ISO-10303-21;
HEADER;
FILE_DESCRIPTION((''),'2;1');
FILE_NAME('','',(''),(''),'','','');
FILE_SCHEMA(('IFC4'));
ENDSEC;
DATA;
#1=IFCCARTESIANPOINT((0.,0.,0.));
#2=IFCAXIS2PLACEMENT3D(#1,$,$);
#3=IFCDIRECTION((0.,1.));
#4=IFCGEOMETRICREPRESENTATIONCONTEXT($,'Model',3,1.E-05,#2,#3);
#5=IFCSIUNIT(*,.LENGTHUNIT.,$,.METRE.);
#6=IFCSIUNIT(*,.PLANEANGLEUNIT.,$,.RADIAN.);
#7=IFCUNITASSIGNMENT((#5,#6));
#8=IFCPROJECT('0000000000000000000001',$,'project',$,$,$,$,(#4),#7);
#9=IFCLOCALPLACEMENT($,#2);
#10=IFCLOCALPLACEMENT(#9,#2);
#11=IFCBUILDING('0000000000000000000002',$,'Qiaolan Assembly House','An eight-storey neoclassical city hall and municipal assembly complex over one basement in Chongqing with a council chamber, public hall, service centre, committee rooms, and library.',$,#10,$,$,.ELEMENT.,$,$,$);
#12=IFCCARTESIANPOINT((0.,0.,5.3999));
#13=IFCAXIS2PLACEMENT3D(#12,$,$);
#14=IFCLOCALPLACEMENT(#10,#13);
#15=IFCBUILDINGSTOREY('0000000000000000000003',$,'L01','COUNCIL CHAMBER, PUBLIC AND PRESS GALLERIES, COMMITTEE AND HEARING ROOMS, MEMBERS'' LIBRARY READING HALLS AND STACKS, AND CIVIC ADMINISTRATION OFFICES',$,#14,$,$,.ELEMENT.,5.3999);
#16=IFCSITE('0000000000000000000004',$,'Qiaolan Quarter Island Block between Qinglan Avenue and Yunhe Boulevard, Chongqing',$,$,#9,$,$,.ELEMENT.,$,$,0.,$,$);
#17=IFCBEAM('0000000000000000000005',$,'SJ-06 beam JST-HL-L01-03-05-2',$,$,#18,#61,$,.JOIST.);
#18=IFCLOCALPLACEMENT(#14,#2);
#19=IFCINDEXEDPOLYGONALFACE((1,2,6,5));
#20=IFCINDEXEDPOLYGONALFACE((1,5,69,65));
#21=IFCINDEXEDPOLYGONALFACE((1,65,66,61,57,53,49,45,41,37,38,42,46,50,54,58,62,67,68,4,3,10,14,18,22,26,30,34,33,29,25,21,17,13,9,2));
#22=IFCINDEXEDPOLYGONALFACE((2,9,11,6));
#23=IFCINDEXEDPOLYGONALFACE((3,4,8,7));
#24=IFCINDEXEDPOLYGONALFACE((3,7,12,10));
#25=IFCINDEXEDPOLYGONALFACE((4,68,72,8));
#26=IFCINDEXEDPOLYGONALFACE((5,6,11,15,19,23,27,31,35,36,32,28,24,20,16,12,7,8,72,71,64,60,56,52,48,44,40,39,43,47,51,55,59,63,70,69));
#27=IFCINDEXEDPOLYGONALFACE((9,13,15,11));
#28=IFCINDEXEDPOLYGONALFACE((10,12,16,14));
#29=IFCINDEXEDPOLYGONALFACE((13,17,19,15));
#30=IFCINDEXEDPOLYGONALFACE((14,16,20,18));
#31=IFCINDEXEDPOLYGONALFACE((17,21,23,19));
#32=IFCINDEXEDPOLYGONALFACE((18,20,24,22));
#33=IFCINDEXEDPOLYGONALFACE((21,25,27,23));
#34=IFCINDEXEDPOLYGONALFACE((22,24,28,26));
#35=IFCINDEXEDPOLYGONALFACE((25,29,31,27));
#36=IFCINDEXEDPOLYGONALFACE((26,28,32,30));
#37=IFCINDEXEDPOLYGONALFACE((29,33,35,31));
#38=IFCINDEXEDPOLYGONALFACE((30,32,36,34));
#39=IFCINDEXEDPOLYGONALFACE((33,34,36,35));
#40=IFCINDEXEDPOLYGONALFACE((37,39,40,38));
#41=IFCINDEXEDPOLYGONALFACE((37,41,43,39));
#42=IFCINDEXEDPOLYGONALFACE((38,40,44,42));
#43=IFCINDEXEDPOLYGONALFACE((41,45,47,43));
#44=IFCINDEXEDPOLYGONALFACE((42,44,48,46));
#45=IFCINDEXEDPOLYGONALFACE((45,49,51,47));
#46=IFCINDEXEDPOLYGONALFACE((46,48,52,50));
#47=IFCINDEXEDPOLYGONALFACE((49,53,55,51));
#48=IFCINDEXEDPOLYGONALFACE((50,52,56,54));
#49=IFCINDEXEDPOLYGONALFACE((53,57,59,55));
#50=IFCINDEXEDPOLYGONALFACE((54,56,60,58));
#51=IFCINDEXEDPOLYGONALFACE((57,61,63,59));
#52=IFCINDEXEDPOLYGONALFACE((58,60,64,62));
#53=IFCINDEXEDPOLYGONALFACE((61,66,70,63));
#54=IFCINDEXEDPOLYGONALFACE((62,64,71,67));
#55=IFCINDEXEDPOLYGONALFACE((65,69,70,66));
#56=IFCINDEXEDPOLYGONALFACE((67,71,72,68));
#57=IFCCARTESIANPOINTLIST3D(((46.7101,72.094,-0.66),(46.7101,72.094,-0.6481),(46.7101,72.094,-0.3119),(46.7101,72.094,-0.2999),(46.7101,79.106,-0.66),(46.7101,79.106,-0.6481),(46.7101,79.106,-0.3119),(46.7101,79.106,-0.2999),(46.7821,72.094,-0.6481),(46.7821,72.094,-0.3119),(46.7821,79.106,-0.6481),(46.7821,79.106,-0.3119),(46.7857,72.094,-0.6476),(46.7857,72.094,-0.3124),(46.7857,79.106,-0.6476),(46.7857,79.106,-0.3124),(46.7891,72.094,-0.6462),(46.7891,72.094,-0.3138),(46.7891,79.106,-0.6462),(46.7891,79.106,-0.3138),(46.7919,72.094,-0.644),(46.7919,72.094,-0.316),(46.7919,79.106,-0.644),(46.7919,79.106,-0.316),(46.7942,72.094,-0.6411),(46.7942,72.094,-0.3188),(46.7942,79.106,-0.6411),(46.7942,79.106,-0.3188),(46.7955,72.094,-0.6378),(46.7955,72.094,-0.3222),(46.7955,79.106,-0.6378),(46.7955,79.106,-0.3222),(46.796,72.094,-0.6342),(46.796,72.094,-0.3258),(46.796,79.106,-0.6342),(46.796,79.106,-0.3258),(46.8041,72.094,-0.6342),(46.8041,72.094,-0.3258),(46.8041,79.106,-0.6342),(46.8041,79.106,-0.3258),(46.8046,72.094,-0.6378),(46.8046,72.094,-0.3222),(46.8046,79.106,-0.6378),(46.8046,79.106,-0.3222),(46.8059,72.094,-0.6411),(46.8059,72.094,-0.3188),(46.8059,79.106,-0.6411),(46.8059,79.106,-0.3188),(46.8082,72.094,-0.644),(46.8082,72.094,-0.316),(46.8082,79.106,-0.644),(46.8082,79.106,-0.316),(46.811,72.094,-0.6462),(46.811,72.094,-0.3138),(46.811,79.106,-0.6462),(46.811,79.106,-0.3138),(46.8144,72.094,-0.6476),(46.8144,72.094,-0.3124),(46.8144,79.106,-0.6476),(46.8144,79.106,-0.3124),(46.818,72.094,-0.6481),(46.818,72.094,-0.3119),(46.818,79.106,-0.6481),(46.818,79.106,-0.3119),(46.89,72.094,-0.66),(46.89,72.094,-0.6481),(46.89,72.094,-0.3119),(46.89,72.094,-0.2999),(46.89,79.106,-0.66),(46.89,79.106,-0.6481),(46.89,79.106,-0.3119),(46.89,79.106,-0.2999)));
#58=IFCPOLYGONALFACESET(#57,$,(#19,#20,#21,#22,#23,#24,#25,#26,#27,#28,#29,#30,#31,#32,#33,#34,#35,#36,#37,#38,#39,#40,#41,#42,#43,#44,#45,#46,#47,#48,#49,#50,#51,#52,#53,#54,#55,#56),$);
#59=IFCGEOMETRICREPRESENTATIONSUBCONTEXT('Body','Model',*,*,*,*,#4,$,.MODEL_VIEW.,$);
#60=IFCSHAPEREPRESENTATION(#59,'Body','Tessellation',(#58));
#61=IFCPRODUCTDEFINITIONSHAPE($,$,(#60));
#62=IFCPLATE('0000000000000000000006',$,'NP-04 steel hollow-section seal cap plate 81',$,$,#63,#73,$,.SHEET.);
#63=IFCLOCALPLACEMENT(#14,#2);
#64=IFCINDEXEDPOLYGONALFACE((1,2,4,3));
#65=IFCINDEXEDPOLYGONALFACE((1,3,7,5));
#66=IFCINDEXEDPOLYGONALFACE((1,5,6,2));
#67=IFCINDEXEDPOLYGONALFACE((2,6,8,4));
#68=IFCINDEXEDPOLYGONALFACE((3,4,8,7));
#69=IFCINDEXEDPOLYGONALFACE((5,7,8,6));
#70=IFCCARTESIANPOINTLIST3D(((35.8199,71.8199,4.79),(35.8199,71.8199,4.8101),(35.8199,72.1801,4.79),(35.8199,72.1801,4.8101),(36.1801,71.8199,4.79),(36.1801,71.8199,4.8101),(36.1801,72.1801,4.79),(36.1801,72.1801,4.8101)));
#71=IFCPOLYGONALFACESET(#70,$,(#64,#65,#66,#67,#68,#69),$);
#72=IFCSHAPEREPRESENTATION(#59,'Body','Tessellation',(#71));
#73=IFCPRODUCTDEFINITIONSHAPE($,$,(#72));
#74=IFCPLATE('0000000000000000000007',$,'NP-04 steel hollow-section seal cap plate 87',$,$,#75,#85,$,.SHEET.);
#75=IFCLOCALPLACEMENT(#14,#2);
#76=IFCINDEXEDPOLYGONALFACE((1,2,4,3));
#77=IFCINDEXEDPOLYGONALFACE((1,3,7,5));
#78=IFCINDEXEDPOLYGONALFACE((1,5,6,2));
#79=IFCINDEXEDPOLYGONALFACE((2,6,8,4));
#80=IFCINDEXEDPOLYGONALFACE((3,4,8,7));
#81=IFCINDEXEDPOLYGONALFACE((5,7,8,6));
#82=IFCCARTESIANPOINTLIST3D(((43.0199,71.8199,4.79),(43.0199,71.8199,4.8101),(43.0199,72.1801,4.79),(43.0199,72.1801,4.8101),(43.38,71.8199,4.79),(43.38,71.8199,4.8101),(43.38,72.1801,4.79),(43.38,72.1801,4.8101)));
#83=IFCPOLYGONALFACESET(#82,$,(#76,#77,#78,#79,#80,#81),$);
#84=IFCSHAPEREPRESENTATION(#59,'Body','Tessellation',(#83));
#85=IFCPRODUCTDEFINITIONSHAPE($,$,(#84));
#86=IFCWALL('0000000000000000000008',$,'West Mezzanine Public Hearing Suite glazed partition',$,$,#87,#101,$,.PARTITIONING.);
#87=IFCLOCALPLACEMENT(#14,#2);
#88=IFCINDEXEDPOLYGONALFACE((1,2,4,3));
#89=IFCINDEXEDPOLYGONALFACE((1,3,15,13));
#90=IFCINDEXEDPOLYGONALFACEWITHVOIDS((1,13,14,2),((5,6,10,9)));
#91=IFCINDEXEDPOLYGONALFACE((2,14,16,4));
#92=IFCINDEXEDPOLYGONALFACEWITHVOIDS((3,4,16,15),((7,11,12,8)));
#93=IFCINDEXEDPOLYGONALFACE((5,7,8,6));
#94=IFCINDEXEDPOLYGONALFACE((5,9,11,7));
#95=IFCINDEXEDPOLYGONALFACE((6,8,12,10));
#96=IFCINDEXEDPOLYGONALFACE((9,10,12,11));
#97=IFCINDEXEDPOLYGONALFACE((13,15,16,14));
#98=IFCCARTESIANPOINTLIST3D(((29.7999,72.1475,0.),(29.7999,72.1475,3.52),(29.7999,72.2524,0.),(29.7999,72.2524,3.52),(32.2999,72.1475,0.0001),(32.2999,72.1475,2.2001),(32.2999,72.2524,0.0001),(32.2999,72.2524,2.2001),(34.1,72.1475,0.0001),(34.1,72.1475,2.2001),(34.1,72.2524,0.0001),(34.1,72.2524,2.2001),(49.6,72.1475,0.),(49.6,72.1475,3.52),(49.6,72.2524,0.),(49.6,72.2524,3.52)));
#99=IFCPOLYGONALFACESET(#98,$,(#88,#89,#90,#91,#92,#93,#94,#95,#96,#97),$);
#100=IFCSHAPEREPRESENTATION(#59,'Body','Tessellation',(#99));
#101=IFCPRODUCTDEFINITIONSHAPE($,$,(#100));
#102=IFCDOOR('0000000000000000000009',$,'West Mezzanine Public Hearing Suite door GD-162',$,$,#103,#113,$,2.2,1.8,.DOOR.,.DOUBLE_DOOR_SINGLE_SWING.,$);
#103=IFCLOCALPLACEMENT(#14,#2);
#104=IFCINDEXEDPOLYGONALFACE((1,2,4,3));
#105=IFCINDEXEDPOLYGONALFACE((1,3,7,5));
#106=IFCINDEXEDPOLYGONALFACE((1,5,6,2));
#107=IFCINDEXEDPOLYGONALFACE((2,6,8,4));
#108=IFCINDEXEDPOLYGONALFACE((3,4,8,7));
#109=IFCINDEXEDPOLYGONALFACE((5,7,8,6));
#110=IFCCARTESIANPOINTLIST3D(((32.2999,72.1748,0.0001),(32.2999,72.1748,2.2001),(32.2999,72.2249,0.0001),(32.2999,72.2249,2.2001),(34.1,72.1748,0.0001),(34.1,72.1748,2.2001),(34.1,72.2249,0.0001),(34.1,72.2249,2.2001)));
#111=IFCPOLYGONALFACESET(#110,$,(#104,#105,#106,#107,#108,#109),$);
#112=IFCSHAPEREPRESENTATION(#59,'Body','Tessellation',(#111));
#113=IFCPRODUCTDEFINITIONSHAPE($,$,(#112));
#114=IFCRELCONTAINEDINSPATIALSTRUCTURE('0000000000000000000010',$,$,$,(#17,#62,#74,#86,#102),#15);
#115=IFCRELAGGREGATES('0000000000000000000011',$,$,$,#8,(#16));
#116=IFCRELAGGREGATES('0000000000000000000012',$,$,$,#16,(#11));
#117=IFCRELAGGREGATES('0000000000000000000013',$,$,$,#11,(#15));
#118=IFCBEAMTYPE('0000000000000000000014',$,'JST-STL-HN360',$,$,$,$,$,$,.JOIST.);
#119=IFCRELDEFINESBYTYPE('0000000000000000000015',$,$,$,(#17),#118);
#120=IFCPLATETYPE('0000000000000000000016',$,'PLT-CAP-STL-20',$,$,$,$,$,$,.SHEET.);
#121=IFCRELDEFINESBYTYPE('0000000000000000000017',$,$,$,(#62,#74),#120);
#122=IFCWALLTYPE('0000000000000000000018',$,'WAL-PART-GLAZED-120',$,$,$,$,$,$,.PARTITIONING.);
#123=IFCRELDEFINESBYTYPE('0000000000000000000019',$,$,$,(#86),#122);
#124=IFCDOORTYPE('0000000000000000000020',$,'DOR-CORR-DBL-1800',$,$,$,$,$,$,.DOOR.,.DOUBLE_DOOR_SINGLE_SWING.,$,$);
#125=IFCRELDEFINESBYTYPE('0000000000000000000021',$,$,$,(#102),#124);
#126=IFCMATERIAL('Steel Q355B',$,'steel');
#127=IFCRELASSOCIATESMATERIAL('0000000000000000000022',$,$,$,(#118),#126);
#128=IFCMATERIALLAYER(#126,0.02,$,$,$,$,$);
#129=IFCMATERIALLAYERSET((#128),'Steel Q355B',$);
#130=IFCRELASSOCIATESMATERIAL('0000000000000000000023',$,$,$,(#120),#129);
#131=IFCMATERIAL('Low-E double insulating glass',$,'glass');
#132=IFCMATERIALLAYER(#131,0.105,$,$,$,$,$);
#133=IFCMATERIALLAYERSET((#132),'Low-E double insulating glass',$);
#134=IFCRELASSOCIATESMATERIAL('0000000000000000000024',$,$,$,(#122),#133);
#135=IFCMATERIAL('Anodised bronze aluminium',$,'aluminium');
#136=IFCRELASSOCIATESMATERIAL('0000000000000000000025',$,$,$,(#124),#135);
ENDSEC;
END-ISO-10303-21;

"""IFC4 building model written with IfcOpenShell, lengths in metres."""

from ifc_helpers import new_model, si_unit, direction, frame, frame_2d, origin, origin_2d, place, context, subcontext, project, spatial, rectangle, i_section, extrude, material, layer, layer_set, material_profile, profile_set, type_object, element, fill, save


model = new_model("IFC4")

# Units and contexts
model_context = context("Model", 3, precision=1e-05, world=origin(), true_north=direction((0.0, 1.0)))
body_context = subcontext(model_context, "Body", "Model", "MODEL_VIEW")
ifc_project = project(units=[si_unit("LENGTHUNIT", "METRE"), si_unit("PLANEANGLEUNIT", "RADIAN")], contexts=[model_context])

# Site, building, storey
site_placement = place(None, origin())
site = spatial("IfcSite", under=ifc_project, at=site_placement, Name="Qiaolan Quarter Island Block between Qinglan Avenue and Yunhe Boulevard, Chongqing", CompositionType="ELEMENT", RefElevation=0.0)
building_placement = place(site_placement, origin())
building = spatial("IfcBuilding", under=site, at=building_placement, Name="Qiaolan Assembly House", Description="An eight-storey neoclassical city hall and municipal assembly complex over one basement in Chongqing with a council chamber, public hall, service centre, committee rooms, and library.", CompositionType="ELEMENT")
storey_placement = place(building_placement, frame((0.0, 0.0, 5.3999)))
storey = spatial("IfcBuildingStorey", under=building, at=storey_placement, Name="L01", Description="COUNCIL CHAMBER, PUBLIC AND PRESS GALLERIES, COMMITTEE AND HEARING ROOMS, MEMBERS' LIBRARY READING HALLS AND STACKS, AND CIVIC ADMINISTRATION OFFICES", CompositionType="ELEMENT", Elevation=5.3999)

# Shared definitions
ifc_material_1 = material(Name="Steel Q355B", Category="steel")

# Shared definitions
ifc_material_2 = material(Name="Anodised bronze aluminium", Category="aluminium")

# Beam
ifc_material_profile_1 = material_profile(ifc_material_1, i_section(OverallWidth=0.1799, OverallDepth=0.3601, WebThickness=0.0081, FlangeThickness=0.012, FilletRadius=0.0139, at=origin_2d()), Name="HN 360x180x8x12")
ifc_profile_set_1 = profile_set([ifc_material_profile_1], Name="Steel Q355B")
beam_type_1 = type_object("IfcBeamType", Name="JST-STL-HN360", PredefinedType="JOIST", material=ifc_profile_set_1)
for number, where, z_axis, x_axis, name in (
    (1, (46.8, 72.094, -0.48), (0.0, 1.0, 0.0), (-1.0, 0.0, 0.0), "SJ-06 beam JST-HL-L01-03-05-2"),
):
    element("IfcBeam", number, at=place(storey_placement, frame(where, z_axis=z_axis, x_axis=x_axis)), inside=storey, type_object=beam_type_1, Name=name, PredefinedType="JOIST", context=body_context, shape_type="SweptSolid", body=[
        extrude(i_section(OverallWidth=0.1799, OverallDepth=0.3601, WebThickness=0.0081, FlangeThickness=0.012, FilletRadius=0.0139, at=origin_2d()), origin(), (0.0, 0.0, 1.0), 7.012),
    ])

# Plates
ifc_layer_1 = layer(ifc_material_1, 0.02)
ifc_layer_set_1 = layer_set([ifc_layer_1], Name="Steel Q355B")
plate_type = type_object("IfcPlateType", Name="PLT-CAP-STL-20", PredefinedType="SHEET", material=ifc_layer_set_1)
for number, where, z_axis, x_axis, name in (
    (2, (36.0, 72.0, 4.79), (0.0, 0.0, 1.0), (1.0, 0.0, 0.0), "NP-04 steel hollow-section seal cap plate 81"),
    (3, (43.2, 72.0, 4.79), (0.0, 0.0, 1.0), (1.0, 0.0, 0.0), "NP-04 steel hollow-section seal cap plate 87"),
):
    element("IfcPlate", number, at=place(storey_placement, frame(where, z_axis=z_axis, x_axis=x_axis)), inside=storey, type_object=plate_type, Name=name, PredefinedType="SHEET", context=body_context, shape_type="SweptSolid", body=[
        extrude(rectangle(XDim=0.3601, YDim=0.3601, at=origin_2d()), origin(), (0.0, 0.0, 1.0), 0.02),
    ])

# Wall, opening, door
ifc_material_3 = material(Name="Low-E double insulating glass", Category="glass")
ifc_layer_2 = layer(ifc_material_3, 0.105)
ifc_layer_set_2 = layer_set([ifc_layer_2], Name="Low-E double insulating glass")
wall_type = type_object("IfcWallType", Name="WAL-PART-GLAZED-120", PredefinedType="PARTITIONING", material=ifc_layer_set_2)
wall_placement = place(storey_placement, frame((29.8, 72.2, 0.0), z_axis=(0.0, 0.0, 1.0), x_axis=(1.0, 0.0, 0.0)))
wall = element("IfcWall", 4, at=wall_placement, inside=storey, type_object=wall_type, Name="West Mezzanine Public Hearing Suite glazed partition", PredefinedType="PARTITIONING", context=body_context, shape_type="SweptSolid", body=[
    extrude(rectangle(XDim=19.8, YDim=0.105, at=frame_2d((9.8999, 0.0))), origin(), (0.0, 0.0, 1.0), 3.52),
])
opening_placement = place(wall_placement, frame((2.5, 0.0, 0.0)))
opening = element("IfcOpeningElement", 5, at=opening_placement, cuts=wall, PredefinedType="OPENING", context=body_context, shape_type="SweptSolid", body=[
    extrude(rectangle(XDim=1.8, YDim=2.2, at=frame_2d((0.8999, 1.1001))), frame((0.0, 0.0625, 0.0), z_axis=(0.0, -1.0, 0.0), x_axis=(1.0, 0.0, 0.0)), (0.0, 0.0, 1.0), 0.125),
])
door_type = type_object("IfcDoorType", Name="DOR-CORR-DBL-1800", OperationType="DOUBLE_DOOR_SINGLE_SWING", PredefinedType="DOOR", material=ifc_material_2)
door_placement = place(opening_placement, origin())
door = element("IfcDoor", 6, at=door_placement, inside=storey, type_object=door_type, Name="West Mezzanine Public Hearing Suite door GD-162", OperationType="DOUBLE_DOOR_SINGLE_SWING", OverallHeight=2.2, OverallWidth=1.8, PredefinedType="DOOR", context=body_context, shape_type="SweptSolid", body=[
    extrude(rectangle(XDim=1.8, YDim=2.2, at=frame_2d((0.8999, 1.1001))), frame((0.0, 0.0249, 0.0), z_axis=(0.0, -1.0, 0.0), x_axis=(1.0, 0.0, 0.0)), (0.0, 0.0, 1.0), 0.05),
])
fill(opening, door)

save(model, "model.ifc")
